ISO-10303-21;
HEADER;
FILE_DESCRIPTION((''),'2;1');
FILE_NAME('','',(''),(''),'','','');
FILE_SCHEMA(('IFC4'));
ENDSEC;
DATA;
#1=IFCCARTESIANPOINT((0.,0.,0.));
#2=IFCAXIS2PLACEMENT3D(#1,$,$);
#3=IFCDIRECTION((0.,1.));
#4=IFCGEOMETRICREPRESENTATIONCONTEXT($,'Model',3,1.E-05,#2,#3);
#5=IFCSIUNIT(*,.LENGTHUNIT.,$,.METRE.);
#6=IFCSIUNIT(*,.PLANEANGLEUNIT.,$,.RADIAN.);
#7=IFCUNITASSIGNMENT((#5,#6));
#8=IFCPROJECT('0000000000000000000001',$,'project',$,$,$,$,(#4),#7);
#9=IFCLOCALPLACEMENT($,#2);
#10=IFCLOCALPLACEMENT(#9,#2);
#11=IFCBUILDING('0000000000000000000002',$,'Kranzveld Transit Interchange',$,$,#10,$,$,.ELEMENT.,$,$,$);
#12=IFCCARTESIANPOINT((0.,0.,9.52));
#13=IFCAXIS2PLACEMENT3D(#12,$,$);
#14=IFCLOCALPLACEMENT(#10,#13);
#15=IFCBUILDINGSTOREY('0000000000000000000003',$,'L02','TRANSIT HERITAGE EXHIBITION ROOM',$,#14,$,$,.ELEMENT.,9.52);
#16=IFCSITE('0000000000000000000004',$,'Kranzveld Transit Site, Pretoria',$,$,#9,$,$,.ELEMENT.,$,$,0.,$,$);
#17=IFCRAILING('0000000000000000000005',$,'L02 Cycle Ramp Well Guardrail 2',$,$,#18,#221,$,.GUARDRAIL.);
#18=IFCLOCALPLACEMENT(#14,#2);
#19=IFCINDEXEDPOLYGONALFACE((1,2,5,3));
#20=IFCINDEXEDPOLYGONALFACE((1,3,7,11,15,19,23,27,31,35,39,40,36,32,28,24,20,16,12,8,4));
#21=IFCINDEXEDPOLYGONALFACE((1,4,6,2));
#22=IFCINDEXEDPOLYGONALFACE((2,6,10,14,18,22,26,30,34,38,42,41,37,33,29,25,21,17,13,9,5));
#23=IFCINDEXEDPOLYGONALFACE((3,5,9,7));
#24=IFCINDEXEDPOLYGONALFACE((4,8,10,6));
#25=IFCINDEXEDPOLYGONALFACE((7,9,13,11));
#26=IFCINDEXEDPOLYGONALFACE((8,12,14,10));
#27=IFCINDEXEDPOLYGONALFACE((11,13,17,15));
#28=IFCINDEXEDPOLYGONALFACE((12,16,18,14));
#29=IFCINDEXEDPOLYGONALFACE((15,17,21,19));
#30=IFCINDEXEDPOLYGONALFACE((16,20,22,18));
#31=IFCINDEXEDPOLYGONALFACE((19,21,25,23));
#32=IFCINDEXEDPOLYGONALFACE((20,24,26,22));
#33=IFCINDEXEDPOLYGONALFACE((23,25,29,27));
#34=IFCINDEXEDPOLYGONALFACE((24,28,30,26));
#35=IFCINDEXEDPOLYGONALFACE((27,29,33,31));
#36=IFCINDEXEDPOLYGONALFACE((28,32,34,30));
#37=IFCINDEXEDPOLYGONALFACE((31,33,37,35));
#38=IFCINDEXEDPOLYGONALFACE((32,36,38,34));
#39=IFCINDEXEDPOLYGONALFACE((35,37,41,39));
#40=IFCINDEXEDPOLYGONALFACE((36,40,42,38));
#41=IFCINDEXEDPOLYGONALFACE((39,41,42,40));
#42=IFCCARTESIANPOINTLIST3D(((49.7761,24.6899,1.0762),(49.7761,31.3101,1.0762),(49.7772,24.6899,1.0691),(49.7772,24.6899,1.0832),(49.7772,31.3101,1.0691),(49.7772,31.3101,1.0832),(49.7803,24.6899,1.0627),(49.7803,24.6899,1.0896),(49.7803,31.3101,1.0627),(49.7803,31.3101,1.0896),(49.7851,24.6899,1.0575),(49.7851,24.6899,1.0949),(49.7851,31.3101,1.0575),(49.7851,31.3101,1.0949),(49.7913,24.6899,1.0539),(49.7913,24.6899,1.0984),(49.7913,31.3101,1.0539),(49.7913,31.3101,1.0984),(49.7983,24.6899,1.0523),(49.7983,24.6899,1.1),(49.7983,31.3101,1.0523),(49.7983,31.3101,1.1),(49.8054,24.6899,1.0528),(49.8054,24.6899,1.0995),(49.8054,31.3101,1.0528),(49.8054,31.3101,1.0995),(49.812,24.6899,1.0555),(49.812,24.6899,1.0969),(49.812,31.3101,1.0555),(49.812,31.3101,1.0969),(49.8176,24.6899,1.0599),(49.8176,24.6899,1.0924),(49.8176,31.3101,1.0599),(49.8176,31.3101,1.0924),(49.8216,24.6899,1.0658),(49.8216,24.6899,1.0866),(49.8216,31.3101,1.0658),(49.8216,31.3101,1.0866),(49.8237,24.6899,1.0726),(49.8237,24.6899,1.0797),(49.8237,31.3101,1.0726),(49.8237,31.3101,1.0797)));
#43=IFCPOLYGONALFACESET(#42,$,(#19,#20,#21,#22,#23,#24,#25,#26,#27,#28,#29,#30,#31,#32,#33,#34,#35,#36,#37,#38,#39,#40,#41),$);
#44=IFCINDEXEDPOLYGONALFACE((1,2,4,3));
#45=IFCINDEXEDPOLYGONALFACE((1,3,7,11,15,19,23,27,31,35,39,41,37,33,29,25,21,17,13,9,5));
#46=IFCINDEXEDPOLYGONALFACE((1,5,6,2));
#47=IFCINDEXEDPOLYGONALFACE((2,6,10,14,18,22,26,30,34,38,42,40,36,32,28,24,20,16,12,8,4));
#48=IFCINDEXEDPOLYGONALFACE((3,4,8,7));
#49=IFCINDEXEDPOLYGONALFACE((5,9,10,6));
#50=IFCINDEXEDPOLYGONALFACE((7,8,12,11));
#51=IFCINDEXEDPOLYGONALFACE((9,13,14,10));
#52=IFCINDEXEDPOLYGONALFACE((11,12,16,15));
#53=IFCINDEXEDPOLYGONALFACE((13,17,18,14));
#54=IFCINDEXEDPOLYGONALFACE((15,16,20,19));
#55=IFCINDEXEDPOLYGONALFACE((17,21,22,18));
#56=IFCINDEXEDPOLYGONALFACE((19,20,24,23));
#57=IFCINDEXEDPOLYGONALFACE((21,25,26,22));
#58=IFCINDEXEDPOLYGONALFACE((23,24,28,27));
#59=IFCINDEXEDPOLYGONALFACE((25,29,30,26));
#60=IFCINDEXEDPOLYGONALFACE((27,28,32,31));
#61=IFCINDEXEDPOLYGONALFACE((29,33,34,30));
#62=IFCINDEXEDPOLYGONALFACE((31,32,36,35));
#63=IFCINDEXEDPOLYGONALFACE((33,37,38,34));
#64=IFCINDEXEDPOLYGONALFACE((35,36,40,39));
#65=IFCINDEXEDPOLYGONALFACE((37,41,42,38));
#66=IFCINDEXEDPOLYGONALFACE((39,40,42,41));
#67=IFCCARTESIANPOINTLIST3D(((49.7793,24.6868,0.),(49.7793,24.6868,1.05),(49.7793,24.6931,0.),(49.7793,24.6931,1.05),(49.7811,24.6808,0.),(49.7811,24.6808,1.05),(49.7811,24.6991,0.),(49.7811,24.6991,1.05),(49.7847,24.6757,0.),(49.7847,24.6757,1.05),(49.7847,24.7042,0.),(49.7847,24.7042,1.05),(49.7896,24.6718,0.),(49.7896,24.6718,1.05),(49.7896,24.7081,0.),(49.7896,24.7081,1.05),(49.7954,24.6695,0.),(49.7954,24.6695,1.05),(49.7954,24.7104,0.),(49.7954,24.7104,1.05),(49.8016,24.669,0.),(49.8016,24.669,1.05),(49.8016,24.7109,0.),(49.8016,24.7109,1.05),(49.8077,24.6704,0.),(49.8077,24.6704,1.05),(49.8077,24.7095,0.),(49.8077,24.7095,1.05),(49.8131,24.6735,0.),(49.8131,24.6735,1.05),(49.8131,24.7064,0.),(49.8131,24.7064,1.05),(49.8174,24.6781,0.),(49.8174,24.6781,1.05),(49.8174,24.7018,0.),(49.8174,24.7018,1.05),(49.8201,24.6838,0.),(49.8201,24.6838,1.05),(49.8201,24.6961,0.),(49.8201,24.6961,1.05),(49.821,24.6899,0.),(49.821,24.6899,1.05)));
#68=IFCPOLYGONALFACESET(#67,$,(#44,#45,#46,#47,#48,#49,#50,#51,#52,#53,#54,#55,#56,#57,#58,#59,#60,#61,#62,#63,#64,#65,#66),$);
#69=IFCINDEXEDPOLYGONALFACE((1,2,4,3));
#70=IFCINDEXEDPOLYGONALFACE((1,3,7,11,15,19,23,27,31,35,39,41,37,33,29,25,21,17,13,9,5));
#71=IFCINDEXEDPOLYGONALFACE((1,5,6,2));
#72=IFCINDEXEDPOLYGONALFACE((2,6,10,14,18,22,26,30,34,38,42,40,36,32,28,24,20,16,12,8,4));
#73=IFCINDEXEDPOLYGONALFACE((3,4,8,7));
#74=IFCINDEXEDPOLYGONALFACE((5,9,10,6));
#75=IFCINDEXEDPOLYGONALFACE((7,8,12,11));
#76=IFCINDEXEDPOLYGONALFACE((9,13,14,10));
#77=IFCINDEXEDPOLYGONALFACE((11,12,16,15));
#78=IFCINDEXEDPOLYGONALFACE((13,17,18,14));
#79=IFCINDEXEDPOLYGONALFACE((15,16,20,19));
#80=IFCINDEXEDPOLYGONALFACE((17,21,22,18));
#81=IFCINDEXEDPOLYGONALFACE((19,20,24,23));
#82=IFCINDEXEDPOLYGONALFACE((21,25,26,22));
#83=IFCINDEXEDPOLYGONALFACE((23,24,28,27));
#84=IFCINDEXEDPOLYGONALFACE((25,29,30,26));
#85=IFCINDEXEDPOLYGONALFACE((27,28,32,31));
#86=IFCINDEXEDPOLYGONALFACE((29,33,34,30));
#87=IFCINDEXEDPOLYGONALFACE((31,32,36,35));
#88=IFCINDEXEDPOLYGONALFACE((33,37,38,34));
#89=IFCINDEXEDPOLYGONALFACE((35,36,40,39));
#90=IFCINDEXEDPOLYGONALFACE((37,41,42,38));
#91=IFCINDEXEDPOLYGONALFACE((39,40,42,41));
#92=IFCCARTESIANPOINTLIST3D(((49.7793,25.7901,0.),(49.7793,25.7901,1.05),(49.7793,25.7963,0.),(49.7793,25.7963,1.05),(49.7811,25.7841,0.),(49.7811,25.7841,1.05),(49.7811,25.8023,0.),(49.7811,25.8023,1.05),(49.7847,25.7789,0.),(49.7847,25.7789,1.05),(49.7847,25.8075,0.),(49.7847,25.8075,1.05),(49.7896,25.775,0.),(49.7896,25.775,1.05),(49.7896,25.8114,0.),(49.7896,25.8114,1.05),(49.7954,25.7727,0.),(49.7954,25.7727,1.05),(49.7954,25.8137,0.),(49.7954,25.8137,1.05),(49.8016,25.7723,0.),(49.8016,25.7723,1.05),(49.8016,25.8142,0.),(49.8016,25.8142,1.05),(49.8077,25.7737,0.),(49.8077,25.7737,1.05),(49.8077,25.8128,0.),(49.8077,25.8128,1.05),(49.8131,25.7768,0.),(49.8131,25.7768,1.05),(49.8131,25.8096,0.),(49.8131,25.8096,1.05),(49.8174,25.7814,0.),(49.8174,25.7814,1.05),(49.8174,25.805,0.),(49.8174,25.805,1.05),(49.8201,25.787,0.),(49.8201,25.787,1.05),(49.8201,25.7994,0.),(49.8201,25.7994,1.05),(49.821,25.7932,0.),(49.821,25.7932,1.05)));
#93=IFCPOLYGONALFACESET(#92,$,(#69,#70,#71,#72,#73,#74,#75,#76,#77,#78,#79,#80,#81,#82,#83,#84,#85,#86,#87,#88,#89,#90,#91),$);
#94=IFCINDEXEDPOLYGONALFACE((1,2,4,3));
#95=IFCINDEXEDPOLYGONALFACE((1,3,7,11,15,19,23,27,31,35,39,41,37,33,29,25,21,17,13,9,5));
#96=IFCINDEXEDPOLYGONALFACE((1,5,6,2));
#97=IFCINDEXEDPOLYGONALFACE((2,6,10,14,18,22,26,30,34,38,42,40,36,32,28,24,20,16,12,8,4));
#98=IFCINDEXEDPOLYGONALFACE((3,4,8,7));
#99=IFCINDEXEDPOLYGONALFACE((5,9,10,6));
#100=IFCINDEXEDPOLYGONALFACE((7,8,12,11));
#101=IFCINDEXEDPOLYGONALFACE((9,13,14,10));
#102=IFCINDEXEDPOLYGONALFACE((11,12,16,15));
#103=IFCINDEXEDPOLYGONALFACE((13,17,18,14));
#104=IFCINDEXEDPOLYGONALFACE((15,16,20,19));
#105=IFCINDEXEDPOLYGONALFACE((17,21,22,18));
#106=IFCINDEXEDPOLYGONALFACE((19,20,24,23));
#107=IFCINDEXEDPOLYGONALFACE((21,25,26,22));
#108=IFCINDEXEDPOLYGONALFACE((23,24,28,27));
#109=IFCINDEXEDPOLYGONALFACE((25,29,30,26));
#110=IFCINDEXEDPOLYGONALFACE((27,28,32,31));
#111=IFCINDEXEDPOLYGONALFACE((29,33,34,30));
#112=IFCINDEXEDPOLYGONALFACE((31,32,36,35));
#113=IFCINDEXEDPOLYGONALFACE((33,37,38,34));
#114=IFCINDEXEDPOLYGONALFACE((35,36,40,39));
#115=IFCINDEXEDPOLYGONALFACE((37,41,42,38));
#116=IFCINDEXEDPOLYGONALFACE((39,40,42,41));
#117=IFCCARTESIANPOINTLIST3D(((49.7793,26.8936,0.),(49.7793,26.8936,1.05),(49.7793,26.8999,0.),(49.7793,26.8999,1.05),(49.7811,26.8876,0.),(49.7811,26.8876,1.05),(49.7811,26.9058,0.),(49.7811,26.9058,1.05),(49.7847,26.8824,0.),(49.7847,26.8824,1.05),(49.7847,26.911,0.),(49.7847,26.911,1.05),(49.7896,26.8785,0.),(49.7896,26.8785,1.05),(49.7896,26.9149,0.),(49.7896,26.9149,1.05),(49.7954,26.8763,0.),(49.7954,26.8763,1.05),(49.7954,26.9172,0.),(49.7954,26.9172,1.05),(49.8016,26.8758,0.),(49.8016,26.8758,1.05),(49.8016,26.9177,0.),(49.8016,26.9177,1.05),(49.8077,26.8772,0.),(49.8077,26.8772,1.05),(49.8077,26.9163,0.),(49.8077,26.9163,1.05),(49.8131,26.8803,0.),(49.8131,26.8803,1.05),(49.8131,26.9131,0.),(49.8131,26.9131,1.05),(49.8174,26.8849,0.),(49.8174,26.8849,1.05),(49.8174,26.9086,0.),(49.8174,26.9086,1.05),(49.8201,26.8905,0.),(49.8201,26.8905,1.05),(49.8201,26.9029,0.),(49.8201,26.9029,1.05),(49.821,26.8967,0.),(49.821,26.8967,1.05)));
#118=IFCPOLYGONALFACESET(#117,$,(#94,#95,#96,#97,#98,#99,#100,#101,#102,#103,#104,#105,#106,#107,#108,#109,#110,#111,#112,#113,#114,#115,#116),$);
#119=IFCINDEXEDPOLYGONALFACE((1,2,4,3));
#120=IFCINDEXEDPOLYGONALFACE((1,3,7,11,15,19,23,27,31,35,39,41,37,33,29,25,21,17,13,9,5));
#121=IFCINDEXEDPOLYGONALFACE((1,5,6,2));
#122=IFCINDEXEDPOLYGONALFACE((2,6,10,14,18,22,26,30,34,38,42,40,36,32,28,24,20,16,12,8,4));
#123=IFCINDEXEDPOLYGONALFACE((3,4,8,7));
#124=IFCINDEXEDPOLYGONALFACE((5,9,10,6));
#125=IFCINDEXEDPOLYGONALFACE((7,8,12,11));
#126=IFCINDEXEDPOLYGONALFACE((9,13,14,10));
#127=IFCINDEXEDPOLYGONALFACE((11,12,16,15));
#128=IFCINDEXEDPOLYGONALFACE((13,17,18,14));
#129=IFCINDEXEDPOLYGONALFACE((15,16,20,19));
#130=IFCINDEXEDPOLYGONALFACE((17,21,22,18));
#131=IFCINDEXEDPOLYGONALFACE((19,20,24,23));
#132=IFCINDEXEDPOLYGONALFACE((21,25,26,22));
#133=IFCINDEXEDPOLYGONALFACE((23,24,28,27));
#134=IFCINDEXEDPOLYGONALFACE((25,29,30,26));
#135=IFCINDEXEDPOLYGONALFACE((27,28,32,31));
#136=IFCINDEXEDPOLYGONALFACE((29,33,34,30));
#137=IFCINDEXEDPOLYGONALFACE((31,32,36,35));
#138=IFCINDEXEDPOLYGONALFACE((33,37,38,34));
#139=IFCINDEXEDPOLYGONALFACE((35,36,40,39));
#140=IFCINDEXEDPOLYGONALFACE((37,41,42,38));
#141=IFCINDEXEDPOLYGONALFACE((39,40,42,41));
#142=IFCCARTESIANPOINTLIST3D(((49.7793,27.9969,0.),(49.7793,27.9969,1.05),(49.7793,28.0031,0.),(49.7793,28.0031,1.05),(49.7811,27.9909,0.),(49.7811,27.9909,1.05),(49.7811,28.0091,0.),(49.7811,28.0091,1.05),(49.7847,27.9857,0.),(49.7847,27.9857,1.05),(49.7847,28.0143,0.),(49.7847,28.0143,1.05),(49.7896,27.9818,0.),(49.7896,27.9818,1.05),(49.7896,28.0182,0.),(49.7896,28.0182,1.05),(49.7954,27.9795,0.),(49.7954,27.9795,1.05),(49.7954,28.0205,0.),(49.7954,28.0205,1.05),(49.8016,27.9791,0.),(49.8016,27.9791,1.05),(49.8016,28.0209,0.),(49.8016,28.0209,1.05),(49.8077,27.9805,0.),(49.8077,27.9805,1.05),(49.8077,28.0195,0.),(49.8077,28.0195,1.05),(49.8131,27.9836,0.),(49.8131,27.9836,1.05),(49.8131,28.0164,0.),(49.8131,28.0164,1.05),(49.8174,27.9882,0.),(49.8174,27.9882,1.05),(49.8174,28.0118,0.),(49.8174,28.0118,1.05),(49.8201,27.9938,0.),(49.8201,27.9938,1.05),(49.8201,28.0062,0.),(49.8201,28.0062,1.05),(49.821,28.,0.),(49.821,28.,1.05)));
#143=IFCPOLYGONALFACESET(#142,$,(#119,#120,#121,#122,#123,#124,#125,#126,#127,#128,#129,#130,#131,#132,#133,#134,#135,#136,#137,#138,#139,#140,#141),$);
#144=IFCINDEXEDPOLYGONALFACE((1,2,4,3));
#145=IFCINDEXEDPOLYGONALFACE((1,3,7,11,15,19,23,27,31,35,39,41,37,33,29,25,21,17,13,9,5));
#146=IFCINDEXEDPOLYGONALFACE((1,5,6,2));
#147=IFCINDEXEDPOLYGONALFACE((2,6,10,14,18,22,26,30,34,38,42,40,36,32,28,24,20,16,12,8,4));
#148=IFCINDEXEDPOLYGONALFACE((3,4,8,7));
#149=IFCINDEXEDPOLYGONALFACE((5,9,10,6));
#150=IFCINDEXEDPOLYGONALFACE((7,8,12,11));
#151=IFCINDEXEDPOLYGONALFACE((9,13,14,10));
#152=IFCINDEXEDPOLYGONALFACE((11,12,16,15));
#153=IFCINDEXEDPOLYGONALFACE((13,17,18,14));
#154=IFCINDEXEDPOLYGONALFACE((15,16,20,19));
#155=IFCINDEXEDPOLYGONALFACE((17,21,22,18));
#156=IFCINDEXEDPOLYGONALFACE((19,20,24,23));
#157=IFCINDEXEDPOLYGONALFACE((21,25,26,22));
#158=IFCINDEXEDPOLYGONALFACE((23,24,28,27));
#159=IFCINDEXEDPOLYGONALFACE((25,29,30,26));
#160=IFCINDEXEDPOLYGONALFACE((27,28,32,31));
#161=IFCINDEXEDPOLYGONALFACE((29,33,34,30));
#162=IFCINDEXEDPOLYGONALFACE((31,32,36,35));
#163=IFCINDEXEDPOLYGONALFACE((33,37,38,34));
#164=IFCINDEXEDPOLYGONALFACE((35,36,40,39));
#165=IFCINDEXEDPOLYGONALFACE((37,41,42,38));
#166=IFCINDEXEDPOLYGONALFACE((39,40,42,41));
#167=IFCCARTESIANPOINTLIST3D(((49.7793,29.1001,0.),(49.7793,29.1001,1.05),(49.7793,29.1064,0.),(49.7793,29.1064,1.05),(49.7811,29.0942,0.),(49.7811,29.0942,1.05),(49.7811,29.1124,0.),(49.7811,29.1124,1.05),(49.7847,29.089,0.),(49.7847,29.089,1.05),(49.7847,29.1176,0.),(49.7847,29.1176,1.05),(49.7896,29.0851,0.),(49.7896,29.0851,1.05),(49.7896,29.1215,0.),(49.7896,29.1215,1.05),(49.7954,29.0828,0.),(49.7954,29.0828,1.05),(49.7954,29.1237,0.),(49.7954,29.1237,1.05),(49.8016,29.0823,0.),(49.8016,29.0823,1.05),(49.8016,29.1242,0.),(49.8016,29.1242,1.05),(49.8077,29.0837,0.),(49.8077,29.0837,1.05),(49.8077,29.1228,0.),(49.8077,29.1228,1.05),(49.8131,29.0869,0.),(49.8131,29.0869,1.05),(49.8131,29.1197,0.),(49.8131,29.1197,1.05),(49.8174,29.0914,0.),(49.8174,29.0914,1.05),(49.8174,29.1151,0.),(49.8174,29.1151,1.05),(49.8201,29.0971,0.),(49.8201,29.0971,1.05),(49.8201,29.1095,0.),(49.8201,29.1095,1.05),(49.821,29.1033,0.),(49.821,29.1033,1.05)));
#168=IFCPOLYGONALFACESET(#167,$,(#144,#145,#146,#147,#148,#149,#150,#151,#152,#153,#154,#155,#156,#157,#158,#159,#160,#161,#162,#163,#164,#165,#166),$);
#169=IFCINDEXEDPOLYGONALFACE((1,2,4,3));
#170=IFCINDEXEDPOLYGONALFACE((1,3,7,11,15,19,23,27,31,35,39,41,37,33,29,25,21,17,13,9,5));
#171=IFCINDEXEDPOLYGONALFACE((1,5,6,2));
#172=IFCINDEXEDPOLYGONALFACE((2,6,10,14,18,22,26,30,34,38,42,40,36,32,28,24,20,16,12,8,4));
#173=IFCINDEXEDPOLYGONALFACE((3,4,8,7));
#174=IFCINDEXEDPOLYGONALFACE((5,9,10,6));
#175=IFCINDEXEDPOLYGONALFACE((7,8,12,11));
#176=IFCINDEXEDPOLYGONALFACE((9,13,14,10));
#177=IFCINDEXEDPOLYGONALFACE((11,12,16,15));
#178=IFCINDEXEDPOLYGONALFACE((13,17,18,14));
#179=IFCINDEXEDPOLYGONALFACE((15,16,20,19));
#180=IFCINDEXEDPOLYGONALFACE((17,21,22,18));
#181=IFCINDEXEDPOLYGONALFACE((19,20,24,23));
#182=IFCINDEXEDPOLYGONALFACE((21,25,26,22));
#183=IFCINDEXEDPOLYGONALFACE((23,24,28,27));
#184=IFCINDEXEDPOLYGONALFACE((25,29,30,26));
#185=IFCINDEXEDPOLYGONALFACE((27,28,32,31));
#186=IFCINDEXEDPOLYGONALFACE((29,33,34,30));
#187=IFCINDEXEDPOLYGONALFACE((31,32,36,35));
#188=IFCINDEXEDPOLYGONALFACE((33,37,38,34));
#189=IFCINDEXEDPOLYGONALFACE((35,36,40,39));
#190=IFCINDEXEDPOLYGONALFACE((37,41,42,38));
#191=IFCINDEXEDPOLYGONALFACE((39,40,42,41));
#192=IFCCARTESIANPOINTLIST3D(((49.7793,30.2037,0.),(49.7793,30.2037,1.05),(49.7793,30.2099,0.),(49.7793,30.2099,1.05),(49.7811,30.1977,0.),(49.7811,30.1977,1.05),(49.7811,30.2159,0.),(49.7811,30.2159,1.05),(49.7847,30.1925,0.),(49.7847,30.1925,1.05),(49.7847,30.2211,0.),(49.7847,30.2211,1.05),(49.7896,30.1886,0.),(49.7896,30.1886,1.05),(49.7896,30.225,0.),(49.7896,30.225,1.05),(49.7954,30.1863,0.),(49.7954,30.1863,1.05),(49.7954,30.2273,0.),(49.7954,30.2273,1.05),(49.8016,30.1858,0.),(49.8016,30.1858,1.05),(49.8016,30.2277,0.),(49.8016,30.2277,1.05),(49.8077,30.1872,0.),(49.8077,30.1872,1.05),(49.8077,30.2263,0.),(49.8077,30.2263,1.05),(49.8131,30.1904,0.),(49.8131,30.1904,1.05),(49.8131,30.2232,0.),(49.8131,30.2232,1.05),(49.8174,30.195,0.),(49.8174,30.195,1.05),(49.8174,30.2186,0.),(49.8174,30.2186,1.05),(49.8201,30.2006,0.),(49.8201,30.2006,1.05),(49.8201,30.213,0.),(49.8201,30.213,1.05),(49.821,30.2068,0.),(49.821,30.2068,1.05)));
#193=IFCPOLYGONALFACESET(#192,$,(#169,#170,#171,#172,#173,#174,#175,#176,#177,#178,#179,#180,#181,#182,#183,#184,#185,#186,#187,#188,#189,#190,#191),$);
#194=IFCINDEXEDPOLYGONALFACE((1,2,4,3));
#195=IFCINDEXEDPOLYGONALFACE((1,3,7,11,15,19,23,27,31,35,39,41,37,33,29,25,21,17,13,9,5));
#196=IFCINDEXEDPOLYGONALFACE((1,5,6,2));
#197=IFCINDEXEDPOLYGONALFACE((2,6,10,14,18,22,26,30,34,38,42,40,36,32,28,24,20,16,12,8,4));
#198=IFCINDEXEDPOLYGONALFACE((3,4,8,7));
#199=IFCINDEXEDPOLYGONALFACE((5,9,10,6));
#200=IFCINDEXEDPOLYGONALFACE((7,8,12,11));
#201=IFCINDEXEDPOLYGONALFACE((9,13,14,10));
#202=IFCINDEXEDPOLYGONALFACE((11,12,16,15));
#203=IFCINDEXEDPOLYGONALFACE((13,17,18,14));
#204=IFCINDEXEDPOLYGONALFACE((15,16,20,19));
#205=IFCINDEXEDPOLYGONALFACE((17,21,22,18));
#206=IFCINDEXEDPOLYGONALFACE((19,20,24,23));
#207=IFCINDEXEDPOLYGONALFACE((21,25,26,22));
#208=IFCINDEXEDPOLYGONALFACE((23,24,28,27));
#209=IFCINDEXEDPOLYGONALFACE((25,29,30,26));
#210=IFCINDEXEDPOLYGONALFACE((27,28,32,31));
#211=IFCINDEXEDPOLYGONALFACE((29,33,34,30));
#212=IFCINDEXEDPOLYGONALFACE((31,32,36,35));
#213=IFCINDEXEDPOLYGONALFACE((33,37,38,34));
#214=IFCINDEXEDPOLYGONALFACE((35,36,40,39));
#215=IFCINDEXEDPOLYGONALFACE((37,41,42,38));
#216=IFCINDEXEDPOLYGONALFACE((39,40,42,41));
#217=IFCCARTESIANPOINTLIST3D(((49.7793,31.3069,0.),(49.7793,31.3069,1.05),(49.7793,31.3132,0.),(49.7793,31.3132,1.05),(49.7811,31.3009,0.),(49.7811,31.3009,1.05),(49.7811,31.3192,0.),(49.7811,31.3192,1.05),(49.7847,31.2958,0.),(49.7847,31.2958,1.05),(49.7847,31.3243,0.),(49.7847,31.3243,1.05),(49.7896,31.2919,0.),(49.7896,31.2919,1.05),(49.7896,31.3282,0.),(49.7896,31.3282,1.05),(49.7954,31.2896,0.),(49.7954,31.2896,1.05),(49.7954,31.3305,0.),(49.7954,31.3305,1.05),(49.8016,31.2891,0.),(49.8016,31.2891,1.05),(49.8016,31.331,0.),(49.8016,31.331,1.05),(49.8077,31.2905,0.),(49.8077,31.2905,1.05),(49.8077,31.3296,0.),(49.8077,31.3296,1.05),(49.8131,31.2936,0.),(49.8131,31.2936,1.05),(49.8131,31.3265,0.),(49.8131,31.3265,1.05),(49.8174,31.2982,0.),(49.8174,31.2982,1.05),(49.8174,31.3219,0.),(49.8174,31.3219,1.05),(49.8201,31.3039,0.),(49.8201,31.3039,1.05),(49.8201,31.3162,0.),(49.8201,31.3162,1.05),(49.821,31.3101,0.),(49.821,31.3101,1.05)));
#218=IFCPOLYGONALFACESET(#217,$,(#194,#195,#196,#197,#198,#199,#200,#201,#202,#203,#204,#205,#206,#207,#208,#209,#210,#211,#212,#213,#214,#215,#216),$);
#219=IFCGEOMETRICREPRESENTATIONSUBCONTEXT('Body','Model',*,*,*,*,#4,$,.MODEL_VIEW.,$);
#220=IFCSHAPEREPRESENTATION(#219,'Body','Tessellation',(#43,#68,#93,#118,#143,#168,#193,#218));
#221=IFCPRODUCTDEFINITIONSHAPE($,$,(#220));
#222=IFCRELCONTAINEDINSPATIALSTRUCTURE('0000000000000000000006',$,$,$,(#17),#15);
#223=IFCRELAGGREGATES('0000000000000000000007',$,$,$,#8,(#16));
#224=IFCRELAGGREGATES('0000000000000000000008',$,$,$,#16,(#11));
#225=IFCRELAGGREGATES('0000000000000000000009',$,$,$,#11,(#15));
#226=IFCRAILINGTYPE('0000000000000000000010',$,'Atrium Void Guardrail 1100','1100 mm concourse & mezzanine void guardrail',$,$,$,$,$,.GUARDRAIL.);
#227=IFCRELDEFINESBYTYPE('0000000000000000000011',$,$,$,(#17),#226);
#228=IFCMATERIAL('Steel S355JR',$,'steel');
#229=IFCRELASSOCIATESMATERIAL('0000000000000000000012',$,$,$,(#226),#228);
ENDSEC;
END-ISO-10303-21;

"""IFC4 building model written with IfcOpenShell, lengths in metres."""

from ifc_helpers import new_model, si_unit, direction, frame, origin, origin_2d, place, context, subcontext, project, spatial, circle, extrude, material, type_object, element, save


model = new_model("IFC4")

# Units and contexts
model_context = context("Model", 3, precision=1e-05, world=origin(), true_north=direction((0.0, 1.0)))
body_context = subcontext(model_context, "Body", "Model", "MODEL_VIEW")
ifc_project = project(units=[si_unit("LENGTHUNIT", "METRE"), si_unit("PLANEANGLEUNIT", "RADIAN")], contexts=[model_context])

# Site, building, storey
site_placement = place(None, origin())
site = spatial("IfcSite", under=ifc_project, at=site_placement, Name="Kranzveld Transit Site, Pretoria", CompositionType="ELEMENT", RefElevation=0.0)
building_placement = place(site_placement, origin())
building = spatial("IfcBuilding", under=site, at=building_placement, Name="Kranzveld Transit Interchange", CompositionType="ELEMENT")
storey_placement = place(building_placement, frame((0.0, 0.0, 9.52)))
storey = spatial("IfcBuildingStorey", under=building, at=storey_placement, Name="L02", Description="TRANSIT HERITAGE EXHIBITION ROOM", CompositionType="ELEMENT", Elevation=9.52)

# Railing
ifc_material_1 = material(Name="Steel S355JR", Category="steel")
railing_type = type_object("IfcRailingType", Name="Atrium Void Guardrail 1100", Description="1100 mm concourse & mezzanine void guardrail", PredefinedType="GUARDRAIL", material=ifc_material_1)
railing_1_placement = place(storey_placement, frame((49.8, 24.6899, 0.0)))
element("IfcRailing", 1, at=railing_1_placement, inside=storey, type_object=railing_type, Name="L02 Cycle Ramp Well Guardrail 2", PredefinedType="GUARDRAIL", context=body_context, shape_type="SweptSolid", body=[
    extrude(circle(Radius=0.0239, at=origin_2d()), frame((0.0, 0.0, 1.0762), z_axis=(0.0, 1.0, 0.0), x_axis=(-1.0, 0.0, 0.0)), (0.0, 0.0, 1.0), 6.6201),
    extrude(circle(Radius=0.021, at=origin_2d()), origin(), (0.0, 0.0, 1.0), 1.05),
    extrude(circle(Radius=0.021, at=origin_2d()), frame((0.0, 1.1033, 0.0)), (0.0, 0.0, 1.0), 1.05),
    extrude(circle(Radius=0.021, at=origin_2d()), frame((0.0, 2.2068, 0.0)), (0.0, 0.0, 1.0), 1.05),
    extrude(circle(Radius=0.021, at=origin_2d()), frame((0.0, 3.3101, 0.0)), (0.0, 0.0, 1.0), 1.05),
    extrude(circle(Radius=0.021, at=origin_2d()), frame((0.0, 4.4133, 0.0)), (0.0, 0.0, 1.0), 1.05),
    extrude(circle(Radius=0.021, at=origin_2d()), frame((0.0, 5.5168, 0.0)), (0.0, 0.0, 1.0), 1.05),
    extrude(circle(Radius=0.021, at=origin_2d()), frame((0.0, 6.6201, 0.0)), (0.0, 0.0, 1.0), 1.05),
])

save(model, "model.ifc")
